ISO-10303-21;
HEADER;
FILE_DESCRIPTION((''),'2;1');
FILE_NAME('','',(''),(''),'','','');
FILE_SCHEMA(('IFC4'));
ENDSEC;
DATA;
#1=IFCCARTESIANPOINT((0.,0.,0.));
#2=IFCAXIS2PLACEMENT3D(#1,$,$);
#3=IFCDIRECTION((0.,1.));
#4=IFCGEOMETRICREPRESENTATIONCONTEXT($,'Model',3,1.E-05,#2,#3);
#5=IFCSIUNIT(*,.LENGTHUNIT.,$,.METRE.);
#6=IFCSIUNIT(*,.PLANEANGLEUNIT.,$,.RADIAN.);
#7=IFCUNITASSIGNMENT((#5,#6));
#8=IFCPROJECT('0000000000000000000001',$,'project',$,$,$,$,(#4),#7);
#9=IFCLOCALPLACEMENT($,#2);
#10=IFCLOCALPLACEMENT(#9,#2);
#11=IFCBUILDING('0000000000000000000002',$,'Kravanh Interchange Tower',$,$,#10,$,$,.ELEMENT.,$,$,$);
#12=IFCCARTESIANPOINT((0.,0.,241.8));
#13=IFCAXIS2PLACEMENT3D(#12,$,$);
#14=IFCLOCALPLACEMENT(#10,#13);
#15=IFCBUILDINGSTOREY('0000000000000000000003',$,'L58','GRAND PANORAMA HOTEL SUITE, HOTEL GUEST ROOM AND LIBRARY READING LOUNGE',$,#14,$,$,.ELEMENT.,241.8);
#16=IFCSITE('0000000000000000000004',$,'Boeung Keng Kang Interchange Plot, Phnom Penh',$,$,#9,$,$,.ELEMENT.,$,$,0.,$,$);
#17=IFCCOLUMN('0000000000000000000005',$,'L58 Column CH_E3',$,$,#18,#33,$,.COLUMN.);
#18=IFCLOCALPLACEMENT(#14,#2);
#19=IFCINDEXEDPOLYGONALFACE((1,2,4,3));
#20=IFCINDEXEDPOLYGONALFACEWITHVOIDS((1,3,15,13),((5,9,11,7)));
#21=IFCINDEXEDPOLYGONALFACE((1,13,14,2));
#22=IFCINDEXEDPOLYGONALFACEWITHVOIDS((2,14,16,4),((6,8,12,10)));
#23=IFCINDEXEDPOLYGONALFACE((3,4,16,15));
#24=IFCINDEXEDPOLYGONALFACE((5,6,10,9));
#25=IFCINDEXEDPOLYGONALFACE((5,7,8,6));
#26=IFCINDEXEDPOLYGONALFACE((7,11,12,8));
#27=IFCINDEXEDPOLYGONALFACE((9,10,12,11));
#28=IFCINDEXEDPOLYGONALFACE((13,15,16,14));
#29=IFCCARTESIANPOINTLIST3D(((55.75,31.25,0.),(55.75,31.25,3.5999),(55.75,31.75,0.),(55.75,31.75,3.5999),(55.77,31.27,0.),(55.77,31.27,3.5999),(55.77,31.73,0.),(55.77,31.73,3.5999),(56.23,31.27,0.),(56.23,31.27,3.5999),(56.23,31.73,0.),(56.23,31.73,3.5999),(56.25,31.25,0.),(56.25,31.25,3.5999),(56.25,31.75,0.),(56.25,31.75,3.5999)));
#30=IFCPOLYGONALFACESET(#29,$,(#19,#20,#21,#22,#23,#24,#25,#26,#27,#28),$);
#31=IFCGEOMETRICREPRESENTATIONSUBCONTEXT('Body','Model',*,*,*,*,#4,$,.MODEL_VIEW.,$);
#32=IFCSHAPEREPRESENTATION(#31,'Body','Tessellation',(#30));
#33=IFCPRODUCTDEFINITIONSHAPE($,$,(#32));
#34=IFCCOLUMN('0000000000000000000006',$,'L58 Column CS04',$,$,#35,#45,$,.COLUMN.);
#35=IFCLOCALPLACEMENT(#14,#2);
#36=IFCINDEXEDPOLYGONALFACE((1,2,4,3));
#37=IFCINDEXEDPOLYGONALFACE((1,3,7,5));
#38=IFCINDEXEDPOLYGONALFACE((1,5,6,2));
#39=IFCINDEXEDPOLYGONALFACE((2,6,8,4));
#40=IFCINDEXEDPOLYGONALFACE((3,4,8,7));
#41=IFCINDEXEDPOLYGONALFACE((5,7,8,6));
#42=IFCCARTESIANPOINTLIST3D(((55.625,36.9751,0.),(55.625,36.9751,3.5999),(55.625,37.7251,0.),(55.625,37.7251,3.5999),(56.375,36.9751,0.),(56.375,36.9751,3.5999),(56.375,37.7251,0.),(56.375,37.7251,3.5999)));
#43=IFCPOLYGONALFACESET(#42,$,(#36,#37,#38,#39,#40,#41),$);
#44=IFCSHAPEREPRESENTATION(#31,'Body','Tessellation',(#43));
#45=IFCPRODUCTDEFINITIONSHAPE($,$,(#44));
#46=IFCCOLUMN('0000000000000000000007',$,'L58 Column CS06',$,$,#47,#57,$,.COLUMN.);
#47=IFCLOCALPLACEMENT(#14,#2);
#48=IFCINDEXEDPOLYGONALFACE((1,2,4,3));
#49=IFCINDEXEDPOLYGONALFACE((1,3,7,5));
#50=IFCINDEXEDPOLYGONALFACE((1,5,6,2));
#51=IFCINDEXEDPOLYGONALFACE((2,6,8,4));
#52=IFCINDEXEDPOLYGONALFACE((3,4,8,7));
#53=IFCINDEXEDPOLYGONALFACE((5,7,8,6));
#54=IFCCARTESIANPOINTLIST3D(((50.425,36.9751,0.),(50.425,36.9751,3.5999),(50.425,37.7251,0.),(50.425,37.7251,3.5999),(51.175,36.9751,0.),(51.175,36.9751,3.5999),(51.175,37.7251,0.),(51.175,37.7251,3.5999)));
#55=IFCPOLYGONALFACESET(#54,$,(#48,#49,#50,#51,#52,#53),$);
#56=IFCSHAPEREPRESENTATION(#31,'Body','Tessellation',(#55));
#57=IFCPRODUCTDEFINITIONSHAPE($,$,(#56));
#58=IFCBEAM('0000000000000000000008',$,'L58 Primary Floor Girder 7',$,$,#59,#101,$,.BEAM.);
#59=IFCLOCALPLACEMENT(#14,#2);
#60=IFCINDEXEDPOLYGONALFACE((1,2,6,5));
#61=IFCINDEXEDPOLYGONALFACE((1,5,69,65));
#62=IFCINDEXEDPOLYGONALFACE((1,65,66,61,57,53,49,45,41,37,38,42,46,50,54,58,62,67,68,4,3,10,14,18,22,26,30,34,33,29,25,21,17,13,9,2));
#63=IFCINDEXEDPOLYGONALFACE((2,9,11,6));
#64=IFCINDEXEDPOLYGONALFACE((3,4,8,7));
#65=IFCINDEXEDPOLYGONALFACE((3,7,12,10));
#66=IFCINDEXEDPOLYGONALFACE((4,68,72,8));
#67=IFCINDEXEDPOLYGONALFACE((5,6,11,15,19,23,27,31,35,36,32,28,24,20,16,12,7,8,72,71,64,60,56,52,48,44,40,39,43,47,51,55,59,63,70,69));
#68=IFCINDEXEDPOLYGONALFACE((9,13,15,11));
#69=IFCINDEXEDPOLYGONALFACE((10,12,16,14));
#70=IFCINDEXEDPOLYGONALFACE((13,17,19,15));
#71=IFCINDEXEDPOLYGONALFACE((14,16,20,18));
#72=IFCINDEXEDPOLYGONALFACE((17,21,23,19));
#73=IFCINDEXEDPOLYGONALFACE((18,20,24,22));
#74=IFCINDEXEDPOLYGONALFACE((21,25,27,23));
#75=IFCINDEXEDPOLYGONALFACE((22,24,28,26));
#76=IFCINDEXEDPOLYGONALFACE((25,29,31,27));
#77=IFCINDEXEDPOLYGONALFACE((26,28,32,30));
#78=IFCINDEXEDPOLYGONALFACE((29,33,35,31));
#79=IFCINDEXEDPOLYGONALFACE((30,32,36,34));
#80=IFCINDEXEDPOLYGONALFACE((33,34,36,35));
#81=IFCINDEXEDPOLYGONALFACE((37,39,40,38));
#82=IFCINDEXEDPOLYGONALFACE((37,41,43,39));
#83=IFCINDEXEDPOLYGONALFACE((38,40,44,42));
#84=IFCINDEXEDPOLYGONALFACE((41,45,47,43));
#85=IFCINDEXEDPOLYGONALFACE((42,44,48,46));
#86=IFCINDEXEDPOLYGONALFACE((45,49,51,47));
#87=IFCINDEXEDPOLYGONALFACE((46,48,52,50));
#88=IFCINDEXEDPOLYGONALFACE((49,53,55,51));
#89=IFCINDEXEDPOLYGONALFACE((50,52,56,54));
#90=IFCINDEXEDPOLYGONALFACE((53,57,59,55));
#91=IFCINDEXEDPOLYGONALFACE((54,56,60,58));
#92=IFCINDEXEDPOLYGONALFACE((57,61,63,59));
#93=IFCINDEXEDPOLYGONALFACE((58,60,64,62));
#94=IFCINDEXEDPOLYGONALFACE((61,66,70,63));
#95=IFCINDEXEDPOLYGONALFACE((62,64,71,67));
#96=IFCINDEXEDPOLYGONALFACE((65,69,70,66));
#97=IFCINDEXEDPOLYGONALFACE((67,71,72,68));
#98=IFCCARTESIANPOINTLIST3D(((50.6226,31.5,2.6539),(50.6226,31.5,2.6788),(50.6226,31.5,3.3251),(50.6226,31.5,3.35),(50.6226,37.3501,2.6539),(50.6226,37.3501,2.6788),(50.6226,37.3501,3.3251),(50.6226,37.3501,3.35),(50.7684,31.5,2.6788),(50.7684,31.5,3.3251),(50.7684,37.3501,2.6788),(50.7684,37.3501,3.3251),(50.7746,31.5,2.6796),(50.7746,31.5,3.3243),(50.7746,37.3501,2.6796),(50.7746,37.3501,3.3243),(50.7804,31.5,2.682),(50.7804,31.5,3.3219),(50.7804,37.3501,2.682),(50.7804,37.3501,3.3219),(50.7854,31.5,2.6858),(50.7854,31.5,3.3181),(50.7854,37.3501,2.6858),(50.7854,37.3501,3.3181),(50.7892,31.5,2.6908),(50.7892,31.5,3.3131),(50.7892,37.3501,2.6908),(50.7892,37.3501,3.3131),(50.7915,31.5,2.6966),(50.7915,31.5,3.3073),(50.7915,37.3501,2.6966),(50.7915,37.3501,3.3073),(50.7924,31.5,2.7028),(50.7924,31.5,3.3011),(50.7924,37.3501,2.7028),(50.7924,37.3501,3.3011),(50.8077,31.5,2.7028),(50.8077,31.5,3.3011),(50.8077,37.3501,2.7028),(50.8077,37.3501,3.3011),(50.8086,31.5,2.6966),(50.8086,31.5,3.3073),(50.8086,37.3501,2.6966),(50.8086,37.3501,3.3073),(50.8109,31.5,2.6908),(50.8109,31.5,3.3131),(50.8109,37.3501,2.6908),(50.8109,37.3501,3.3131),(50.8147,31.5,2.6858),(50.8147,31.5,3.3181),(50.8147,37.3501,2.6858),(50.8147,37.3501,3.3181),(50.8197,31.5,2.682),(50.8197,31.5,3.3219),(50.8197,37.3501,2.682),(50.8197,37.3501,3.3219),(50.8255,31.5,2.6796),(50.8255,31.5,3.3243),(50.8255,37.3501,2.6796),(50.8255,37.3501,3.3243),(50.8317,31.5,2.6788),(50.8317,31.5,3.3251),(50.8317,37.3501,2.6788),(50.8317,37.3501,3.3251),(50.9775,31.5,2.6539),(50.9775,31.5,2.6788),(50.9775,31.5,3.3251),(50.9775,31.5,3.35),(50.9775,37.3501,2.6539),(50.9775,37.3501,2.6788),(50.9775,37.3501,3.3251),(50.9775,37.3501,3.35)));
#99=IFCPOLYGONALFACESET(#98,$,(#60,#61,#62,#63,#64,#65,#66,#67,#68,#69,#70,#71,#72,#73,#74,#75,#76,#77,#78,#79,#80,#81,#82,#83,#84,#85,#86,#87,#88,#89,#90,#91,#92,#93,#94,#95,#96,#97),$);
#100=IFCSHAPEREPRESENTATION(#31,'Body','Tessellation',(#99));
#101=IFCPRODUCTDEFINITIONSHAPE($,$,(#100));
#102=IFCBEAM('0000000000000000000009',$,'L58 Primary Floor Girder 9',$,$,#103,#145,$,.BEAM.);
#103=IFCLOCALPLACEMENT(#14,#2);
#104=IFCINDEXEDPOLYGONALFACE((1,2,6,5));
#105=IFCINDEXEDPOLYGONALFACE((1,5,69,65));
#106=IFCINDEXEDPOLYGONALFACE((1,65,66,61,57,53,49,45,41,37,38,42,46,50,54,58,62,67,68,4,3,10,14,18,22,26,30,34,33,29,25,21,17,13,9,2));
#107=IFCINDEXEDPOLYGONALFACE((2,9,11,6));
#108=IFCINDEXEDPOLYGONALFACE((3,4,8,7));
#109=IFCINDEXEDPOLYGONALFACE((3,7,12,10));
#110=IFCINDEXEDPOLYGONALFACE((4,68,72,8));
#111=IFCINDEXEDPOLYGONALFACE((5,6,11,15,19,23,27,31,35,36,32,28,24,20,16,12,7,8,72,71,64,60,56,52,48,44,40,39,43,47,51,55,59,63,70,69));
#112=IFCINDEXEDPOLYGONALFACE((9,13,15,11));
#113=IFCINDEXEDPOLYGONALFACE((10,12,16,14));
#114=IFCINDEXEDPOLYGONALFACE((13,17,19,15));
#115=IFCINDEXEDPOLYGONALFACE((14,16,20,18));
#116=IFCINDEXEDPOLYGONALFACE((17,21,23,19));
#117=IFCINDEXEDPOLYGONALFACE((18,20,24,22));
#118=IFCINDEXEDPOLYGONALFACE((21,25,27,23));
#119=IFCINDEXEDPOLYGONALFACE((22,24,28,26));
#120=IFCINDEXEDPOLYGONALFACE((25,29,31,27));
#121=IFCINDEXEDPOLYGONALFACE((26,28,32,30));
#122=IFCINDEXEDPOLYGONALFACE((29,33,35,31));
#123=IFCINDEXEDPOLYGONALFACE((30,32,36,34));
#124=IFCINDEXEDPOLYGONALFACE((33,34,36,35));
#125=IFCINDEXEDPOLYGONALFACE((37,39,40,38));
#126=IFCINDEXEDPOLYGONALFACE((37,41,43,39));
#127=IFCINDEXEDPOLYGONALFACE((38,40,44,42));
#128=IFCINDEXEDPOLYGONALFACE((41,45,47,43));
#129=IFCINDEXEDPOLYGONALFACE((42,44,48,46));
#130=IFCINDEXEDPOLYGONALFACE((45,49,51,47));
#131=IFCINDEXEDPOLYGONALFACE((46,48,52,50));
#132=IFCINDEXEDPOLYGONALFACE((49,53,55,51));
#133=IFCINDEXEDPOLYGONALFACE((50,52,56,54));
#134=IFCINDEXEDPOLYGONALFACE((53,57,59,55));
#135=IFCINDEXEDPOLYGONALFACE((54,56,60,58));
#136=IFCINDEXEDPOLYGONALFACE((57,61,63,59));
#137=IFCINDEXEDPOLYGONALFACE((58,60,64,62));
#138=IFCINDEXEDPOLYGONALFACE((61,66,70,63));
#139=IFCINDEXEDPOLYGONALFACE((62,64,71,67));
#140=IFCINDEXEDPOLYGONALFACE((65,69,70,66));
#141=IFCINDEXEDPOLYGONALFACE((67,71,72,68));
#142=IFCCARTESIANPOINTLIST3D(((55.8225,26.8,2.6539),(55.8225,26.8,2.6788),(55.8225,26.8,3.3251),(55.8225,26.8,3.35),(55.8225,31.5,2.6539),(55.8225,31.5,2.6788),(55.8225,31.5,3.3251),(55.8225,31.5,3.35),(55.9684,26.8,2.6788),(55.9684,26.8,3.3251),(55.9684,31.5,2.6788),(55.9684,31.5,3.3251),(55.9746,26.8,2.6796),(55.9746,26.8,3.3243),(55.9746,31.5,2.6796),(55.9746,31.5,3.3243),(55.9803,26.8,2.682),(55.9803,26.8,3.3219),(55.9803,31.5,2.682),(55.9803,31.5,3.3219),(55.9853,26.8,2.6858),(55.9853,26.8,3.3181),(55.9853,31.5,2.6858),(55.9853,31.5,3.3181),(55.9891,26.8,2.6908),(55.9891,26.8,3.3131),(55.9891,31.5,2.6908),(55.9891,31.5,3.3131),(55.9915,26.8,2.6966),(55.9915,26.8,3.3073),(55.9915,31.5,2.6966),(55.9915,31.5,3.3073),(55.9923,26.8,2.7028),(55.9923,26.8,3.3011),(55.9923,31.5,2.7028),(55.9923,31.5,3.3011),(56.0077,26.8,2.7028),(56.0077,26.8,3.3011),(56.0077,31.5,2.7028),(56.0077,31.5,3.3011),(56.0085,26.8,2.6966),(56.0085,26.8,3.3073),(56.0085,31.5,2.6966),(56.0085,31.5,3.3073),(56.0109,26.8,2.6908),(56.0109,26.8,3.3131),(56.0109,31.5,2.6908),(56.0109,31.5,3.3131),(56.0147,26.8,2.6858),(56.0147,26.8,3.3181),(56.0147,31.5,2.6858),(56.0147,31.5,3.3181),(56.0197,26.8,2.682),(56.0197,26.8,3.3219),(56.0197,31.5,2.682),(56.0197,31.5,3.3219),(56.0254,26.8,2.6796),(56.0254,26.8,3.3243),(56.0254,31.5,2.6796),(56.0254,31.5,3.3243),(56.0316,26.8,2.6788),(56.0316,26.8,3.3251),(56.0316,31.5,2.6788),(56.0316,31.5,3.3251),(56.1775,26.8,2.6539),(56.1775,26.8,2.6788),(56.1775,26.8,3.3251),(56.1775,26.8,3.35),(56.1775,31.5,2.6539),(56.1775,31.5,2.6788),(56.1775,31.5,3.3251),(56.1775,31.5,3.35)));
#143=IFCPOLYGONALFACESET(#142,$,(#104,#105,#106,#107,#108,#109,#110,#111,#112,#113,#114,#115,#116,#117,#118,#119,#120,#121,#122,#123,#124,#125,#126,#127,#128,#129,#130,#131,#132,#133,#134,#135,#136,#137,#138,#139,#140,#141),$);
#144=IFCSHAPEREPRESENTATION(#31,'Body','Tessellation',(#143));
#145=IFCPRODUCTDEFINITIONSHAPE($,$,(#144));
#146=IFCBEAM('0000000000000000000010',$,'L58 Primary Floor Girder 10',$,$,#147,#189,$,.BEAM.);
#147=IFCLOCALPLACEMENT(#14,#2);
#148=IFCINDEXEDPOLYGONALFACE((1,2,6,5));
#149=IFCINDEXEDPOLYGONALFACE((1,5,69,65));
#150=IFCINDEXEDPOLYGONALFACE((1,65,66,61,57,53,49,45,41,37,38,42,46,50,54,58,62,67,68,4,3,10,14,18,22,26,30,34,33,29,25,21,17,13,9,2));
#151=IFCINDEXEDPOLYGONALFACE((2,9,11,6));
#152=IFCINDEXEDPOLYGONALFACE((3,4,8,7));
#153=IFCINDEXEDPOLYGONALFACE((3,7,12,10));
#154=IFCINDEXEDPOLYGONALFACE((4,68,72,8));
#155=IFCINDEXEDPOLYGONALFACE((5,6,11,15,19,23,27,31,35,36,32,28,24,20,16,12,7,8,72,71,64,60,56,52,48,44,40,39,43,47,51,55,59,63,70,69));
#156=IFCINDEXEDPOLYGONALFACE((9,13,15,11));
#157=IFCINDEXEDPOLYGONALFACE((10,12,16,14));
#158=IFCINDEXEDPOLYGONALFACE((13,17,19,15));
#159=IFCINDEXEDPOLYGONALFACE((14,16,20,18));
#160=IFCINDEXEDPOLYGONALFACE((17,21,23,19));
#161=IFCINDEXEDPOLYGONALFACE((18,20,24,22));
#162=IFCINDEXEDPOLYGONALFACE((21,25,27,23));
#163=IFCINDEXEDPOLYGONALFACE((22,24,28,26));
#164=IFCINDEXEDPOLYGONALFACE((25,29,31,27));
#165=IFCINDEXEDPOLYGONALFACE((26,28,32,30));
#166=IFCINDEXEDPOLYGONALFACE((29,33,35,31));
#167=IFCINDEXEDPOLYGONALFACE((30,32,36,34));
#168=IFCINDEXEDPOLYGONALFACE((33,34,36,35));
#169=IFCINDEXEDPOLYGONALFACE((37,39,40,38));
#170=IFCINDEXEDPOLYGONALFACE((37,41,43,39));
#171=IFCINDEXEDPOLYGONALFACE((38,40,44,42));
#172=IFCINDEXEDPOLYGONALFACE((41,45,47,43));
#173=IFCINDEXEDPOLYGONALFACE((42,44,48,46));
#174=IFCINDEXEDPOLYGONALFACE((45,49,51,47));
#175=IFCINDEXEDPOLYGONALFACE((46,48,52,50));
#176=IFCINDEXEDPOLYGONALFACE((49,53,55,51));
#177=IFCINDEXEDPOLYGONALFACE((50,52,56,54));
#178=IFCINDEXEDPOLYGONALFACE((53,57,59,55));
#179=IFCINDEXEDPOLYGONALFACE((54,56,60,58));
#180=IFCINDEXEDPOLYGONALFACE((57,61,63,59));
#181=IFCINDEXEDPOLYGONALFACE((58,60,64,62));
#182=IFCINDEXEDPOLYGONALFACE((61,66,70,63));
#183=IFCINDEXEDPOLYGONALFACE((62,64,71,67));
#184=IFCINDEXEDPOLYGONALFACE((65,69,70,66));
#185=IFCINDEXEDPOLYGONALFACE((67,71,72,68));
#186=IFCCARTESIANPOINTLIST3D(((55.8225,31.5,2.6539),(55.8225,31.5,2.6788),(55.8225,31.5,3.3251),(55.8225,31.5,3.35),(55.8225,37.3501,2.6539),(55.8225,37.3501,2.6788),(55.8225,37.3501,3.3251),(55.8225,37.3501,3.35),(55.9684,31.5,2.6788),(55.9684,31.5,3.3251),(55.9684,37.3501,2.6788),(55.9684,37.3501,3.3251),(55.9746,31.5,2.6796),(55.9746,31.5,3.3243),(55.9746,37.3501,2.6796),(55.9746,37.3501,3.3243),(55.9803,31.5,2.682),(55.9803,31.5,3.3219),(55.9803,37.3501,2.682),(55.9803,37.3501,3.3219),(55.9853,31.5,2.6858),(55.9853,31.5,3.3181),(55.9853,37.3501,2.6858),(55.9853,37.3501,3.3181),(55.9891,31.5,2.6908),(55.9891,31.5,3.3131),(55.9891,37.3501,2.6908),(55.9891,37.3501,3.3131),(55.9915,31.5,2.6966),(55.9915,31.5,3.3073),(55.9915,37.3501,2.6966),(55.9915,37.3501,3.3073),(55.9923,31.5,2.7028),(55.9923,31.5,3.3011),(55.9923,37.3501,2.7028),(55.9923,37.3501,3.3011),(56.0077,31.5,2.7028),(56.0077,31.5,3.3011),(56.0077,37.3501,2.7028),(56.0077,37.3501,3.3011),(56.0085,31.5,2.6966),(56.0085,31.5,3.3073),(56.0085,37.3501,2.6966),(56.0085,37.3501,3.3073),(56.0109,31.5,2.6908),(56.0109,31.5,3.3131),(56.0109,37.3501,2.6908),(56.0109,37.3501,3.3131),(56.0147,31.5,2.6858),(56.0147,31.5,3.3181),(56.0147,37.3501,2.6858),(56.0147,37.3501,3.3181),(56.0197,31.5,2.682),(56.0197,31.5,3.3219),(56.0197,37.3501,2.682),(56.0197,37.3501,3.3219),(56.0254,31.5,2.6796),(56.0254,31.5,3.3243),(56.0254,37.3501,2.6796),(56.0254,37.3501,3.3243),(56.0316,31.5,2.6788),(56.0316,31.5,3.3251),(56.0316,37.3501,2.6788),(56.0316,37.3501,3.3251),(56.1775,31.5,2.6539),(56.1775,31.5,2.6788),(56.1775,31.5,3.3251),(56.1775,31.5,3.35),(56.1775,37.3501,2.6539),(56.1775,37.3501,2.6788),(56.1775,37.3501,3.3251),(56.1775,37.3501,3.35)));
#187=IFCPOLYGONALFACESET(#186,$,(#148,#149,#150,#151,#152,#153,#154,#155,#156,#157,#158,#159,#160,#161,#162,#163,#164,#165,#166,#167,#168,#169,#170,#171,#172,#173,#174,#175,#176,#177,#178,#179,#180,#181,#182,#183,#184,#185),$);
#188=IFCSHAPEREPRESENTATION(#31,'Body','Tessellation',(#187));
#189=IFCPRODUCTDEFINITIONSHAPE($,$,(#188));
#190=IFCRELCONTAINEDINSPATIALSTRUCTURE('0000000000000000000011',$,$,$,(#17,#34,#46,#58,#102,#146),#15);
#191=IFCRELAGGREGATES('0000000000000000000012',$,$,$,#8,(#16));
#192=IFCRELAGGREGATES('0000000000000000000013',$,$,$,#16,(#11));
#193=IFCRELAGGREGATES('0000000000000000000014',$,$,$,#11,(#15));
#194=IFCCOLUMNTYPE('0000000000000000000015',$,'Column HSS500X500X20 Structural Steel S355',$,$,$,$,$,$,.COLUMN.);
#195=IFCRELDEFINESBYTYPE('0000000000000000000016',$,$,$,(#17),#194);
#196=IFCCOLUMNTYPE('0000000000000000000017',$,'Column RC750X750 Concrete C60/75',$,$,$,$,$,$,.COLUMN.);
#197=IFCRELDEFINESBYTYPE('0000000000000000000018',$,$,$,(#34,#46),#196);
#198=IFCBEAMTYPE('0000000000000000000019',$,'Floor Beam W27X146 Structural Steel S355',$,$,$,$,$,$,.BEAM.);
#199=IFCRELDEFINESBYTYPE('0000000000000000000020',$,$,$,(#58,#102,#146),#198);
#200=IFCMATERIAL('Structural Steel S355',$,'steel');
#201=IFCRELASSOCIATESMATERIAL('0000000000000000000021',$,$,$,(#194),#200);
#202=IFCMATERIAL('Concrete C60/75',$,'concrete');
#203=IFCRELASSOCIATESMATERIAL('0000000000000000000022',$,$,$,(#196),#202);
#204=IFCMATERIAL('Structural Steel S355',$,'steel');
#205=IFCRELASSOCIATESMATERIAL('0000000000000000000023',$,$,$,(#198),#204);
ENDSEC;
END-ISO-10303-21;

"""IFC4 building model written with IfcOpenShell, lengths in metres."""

from ifc_helpers import new_model, si_unit, direction, frame, origin, origin_2d, place, context, subcontext, project, spatial, rectangle, hollow_rectangle, i_section, extrude, material, material_profile, profile_set, type_object, element, save


model = new_model("IFC4")

# Units and contexts
model_context = context("Model", 3, precision=1e-05, world=origin(), true_north=direction((0.0, 1.0)))
body_context = subcontext(model_context, "Body", "Model", "MODEL_VIEW")
ifc_project = project(units=[si_unit("LENGTHUNIT", "METRE"), si_unit("PLANEANGLEUNIT", "RADIAN")], contexts=[model_context])

# Site, building, storey
site_placement = place(None, origin())
site = spatial("IfcSite", under=ifc_project, at=site_placement, Name="Boeung Keng Kang Interchange Plot, Phnom Penh", CompositionType="ELEMENT", RefElevation=0.0)
building_placement = place(site_placement, origin())
building = spatial("IfcBuilding", under=site, at=building_placement, Name="Kravanh Interchange Tower", CompositionType="ELEMENT")
storey_placement = place(building_placement, frame((0.0, 0.0, 241.8)))
storey = spatial("IfcBuildingStorey", under=building, at=storey_placement, Name="L58", Description="GRAND PANORAMA HOTEL SUITE, HOTEL GUEST ROOM AND LIBRARY READING LOUNGE", CompositionType="ELEMENT", Elevation=241.8)

# Columns
ifc_material_1 = material(Name="Structural Steel S355", Category="steel")
ifc_material_profile_1 = material_profile(ifc_material_1, hollow_rectangle(XDim=0.5, YDim=0.5, WallThickness=0.02, at=origin_2d()), Name="HSS500X500X20")
ifc_profile_set_1 = profile_set([ifc_material_profile_1], Name="Structural Steel S355")
column_type_1 = type_object("IfcColumnType", Name="Column HSS500X500X20 Structural Steel S355", PredefinedType="COLUMN", material=ifc_profile_set_1)
column_placement = place(storey_placement, frame((56.0, 31.5, 0.0), z_axis=(0.0, 0.0, 1.0), x_axis=(1.0, 0.0, 0.0)))
element("IfcColumn", 1, at=column_placement, inside=storey, type_object=column_type_1, Name="L58 Column CH_E3", PredefinedType="COLUMN", context=body_context, shape_type="SweptSolid", body=[
    extrude(hollow_rectangle(XDim=0.5, YDim=0.5, WallThickness=0.02, at=origin_2d()), origin(), (0.0, 0.0, 1.0), 3.5999),
])
ifc_material_2 = material(Name="Concrete C60/75", Category="concrete")
ifc_material_profile_2 = material_profile(ifc_material_2, rectangle(XDim=0.75, YDim=0.75, at=origin_2d()), Name="RC750X750")
ifc_profile_set_2 = profile_set([ifc_material_profile_2], Name="Concrete C60/75")
column_type_2 = type_object("IfcColumnType", Name="Column RC750X750 Concrete C60/75", PredefinedType="COLUMN", material=ifc_profile_set_2)
for number, where, z_axis, x_axis, name in (
    (2, (56.0, 37.3501, 0.0), (0.0, 0.0, 1.0), (1.0, 0.0, 0.0), "L58 Column CS04"),
    (3, (50.8, 37.3501, 0.0), (0.0, 0.0, 1.0), (1.0, 0.0, 0.0), "L58 Column CS06"),
):
    element("IfcColumn", number, at=place(storey_placement, frame(where, z_axis=z_axis, x_axis=x_axis)), inside=storey, type_object=column_type_2, Name=name, PredefinedType="COLUMN", context=body_context, shape_type="SweptSolid", body=[
        extrude(rectangle(XDim=0.75, YDim=0.75, at=origin_2d()), origin(), (0.0, 0.0, 1.0), 3.5999),
    ])

# Beams
ifc_material_3 = material(Name="Structural Steel S355", Category="steel")
ifc_material_profile_3 = material_profile(ifc_material_3, i_section(OverallWidth=0.355, OverallDepth=0.696, WebThickness=0.0154, FlangeThickness=0.0249, FilletRadius=0.0239, at=origin_2d()), Name="W27X146")
ifc_profile_set_3 = profile_set([ifc_material_profile_3], Name="Structural Steel S355")
beam_type_1 = type_object("IfcBeamType", Name="Floor Beam W27X146 Structural Steel S355", PredefinedType="BEAM", material=ifc_profile_set_3)
beam_1_placement = place(storey_placement, frame((50.8, 31.5, 3.002), z_axis=(0.0, 1.0, 0.0), x_axis=(-1.0, 0.0, 0.0)))
element("IfcBeam", 4, at=beam_1_placement, inside=storey, type_object=beam_type_1, Name="L58 Primary Floor Girder 7", PredefinedType="BEAM", context=body_context, shape_type="SweptSolid", body=[
    extrude(i_section(OverallWidth=0.355, OverallDepth=0.696, WebThickness=0.0154, FlangeThickness=0.0249, FilletRadius=0.0239, at=origin_2d()), origin(), (0.0, 0.0, 1.0), 5.8501),
])
beam_2_placement = place(storey_placement, frame((56.0, 31.5, 3.002), z_axis=(0.0, -1.0, 0.0), x_axis=(1.0, 0.0, 0.0)))
element("IfcBeam", 5, at=beam_2_placement, inside=storey, type_object=beam_type_1, Name="L58 Primary Floor Girder 9", PredefinedType="BEAM", context=body_context, shape_type="SweptSolid", body=[
    extrude(i_section(OverallWidth=0.355, OverallDepth=0.696, WebThickness=0.0154, FlangeThickness=0.0249, FilletRadius=0.0239, at=origin_2d()), origin(), (0.0, 0.0, 1.0), 4.7),
])
beam_3_placement = place(storey_placement, frame((56.0, 31.5, 3.002), z_axis=(0.0, 1.0, 0.0), x_axis=(-1.0, 0.0, 0.0)))
element("IfcBeam", 6, at=beam_3_placement, inside=storey, type_object=beam_type_1, Name="L58 Primary Floor Girder 10", PredefinedType="BEAM", context=body_context, shape_type="SweptSolid", body=[
    extrude(i_section(OverallWidth=0.355, OverallDepth=0.696, WebThickness=0.0154, FlangeThickness=0.0249, FilletRadius=0.0239, at=origin_2d()), origin(), (0.0, 0.0, 1.0), 5.8501),
])

save(model, "model.ifc")
